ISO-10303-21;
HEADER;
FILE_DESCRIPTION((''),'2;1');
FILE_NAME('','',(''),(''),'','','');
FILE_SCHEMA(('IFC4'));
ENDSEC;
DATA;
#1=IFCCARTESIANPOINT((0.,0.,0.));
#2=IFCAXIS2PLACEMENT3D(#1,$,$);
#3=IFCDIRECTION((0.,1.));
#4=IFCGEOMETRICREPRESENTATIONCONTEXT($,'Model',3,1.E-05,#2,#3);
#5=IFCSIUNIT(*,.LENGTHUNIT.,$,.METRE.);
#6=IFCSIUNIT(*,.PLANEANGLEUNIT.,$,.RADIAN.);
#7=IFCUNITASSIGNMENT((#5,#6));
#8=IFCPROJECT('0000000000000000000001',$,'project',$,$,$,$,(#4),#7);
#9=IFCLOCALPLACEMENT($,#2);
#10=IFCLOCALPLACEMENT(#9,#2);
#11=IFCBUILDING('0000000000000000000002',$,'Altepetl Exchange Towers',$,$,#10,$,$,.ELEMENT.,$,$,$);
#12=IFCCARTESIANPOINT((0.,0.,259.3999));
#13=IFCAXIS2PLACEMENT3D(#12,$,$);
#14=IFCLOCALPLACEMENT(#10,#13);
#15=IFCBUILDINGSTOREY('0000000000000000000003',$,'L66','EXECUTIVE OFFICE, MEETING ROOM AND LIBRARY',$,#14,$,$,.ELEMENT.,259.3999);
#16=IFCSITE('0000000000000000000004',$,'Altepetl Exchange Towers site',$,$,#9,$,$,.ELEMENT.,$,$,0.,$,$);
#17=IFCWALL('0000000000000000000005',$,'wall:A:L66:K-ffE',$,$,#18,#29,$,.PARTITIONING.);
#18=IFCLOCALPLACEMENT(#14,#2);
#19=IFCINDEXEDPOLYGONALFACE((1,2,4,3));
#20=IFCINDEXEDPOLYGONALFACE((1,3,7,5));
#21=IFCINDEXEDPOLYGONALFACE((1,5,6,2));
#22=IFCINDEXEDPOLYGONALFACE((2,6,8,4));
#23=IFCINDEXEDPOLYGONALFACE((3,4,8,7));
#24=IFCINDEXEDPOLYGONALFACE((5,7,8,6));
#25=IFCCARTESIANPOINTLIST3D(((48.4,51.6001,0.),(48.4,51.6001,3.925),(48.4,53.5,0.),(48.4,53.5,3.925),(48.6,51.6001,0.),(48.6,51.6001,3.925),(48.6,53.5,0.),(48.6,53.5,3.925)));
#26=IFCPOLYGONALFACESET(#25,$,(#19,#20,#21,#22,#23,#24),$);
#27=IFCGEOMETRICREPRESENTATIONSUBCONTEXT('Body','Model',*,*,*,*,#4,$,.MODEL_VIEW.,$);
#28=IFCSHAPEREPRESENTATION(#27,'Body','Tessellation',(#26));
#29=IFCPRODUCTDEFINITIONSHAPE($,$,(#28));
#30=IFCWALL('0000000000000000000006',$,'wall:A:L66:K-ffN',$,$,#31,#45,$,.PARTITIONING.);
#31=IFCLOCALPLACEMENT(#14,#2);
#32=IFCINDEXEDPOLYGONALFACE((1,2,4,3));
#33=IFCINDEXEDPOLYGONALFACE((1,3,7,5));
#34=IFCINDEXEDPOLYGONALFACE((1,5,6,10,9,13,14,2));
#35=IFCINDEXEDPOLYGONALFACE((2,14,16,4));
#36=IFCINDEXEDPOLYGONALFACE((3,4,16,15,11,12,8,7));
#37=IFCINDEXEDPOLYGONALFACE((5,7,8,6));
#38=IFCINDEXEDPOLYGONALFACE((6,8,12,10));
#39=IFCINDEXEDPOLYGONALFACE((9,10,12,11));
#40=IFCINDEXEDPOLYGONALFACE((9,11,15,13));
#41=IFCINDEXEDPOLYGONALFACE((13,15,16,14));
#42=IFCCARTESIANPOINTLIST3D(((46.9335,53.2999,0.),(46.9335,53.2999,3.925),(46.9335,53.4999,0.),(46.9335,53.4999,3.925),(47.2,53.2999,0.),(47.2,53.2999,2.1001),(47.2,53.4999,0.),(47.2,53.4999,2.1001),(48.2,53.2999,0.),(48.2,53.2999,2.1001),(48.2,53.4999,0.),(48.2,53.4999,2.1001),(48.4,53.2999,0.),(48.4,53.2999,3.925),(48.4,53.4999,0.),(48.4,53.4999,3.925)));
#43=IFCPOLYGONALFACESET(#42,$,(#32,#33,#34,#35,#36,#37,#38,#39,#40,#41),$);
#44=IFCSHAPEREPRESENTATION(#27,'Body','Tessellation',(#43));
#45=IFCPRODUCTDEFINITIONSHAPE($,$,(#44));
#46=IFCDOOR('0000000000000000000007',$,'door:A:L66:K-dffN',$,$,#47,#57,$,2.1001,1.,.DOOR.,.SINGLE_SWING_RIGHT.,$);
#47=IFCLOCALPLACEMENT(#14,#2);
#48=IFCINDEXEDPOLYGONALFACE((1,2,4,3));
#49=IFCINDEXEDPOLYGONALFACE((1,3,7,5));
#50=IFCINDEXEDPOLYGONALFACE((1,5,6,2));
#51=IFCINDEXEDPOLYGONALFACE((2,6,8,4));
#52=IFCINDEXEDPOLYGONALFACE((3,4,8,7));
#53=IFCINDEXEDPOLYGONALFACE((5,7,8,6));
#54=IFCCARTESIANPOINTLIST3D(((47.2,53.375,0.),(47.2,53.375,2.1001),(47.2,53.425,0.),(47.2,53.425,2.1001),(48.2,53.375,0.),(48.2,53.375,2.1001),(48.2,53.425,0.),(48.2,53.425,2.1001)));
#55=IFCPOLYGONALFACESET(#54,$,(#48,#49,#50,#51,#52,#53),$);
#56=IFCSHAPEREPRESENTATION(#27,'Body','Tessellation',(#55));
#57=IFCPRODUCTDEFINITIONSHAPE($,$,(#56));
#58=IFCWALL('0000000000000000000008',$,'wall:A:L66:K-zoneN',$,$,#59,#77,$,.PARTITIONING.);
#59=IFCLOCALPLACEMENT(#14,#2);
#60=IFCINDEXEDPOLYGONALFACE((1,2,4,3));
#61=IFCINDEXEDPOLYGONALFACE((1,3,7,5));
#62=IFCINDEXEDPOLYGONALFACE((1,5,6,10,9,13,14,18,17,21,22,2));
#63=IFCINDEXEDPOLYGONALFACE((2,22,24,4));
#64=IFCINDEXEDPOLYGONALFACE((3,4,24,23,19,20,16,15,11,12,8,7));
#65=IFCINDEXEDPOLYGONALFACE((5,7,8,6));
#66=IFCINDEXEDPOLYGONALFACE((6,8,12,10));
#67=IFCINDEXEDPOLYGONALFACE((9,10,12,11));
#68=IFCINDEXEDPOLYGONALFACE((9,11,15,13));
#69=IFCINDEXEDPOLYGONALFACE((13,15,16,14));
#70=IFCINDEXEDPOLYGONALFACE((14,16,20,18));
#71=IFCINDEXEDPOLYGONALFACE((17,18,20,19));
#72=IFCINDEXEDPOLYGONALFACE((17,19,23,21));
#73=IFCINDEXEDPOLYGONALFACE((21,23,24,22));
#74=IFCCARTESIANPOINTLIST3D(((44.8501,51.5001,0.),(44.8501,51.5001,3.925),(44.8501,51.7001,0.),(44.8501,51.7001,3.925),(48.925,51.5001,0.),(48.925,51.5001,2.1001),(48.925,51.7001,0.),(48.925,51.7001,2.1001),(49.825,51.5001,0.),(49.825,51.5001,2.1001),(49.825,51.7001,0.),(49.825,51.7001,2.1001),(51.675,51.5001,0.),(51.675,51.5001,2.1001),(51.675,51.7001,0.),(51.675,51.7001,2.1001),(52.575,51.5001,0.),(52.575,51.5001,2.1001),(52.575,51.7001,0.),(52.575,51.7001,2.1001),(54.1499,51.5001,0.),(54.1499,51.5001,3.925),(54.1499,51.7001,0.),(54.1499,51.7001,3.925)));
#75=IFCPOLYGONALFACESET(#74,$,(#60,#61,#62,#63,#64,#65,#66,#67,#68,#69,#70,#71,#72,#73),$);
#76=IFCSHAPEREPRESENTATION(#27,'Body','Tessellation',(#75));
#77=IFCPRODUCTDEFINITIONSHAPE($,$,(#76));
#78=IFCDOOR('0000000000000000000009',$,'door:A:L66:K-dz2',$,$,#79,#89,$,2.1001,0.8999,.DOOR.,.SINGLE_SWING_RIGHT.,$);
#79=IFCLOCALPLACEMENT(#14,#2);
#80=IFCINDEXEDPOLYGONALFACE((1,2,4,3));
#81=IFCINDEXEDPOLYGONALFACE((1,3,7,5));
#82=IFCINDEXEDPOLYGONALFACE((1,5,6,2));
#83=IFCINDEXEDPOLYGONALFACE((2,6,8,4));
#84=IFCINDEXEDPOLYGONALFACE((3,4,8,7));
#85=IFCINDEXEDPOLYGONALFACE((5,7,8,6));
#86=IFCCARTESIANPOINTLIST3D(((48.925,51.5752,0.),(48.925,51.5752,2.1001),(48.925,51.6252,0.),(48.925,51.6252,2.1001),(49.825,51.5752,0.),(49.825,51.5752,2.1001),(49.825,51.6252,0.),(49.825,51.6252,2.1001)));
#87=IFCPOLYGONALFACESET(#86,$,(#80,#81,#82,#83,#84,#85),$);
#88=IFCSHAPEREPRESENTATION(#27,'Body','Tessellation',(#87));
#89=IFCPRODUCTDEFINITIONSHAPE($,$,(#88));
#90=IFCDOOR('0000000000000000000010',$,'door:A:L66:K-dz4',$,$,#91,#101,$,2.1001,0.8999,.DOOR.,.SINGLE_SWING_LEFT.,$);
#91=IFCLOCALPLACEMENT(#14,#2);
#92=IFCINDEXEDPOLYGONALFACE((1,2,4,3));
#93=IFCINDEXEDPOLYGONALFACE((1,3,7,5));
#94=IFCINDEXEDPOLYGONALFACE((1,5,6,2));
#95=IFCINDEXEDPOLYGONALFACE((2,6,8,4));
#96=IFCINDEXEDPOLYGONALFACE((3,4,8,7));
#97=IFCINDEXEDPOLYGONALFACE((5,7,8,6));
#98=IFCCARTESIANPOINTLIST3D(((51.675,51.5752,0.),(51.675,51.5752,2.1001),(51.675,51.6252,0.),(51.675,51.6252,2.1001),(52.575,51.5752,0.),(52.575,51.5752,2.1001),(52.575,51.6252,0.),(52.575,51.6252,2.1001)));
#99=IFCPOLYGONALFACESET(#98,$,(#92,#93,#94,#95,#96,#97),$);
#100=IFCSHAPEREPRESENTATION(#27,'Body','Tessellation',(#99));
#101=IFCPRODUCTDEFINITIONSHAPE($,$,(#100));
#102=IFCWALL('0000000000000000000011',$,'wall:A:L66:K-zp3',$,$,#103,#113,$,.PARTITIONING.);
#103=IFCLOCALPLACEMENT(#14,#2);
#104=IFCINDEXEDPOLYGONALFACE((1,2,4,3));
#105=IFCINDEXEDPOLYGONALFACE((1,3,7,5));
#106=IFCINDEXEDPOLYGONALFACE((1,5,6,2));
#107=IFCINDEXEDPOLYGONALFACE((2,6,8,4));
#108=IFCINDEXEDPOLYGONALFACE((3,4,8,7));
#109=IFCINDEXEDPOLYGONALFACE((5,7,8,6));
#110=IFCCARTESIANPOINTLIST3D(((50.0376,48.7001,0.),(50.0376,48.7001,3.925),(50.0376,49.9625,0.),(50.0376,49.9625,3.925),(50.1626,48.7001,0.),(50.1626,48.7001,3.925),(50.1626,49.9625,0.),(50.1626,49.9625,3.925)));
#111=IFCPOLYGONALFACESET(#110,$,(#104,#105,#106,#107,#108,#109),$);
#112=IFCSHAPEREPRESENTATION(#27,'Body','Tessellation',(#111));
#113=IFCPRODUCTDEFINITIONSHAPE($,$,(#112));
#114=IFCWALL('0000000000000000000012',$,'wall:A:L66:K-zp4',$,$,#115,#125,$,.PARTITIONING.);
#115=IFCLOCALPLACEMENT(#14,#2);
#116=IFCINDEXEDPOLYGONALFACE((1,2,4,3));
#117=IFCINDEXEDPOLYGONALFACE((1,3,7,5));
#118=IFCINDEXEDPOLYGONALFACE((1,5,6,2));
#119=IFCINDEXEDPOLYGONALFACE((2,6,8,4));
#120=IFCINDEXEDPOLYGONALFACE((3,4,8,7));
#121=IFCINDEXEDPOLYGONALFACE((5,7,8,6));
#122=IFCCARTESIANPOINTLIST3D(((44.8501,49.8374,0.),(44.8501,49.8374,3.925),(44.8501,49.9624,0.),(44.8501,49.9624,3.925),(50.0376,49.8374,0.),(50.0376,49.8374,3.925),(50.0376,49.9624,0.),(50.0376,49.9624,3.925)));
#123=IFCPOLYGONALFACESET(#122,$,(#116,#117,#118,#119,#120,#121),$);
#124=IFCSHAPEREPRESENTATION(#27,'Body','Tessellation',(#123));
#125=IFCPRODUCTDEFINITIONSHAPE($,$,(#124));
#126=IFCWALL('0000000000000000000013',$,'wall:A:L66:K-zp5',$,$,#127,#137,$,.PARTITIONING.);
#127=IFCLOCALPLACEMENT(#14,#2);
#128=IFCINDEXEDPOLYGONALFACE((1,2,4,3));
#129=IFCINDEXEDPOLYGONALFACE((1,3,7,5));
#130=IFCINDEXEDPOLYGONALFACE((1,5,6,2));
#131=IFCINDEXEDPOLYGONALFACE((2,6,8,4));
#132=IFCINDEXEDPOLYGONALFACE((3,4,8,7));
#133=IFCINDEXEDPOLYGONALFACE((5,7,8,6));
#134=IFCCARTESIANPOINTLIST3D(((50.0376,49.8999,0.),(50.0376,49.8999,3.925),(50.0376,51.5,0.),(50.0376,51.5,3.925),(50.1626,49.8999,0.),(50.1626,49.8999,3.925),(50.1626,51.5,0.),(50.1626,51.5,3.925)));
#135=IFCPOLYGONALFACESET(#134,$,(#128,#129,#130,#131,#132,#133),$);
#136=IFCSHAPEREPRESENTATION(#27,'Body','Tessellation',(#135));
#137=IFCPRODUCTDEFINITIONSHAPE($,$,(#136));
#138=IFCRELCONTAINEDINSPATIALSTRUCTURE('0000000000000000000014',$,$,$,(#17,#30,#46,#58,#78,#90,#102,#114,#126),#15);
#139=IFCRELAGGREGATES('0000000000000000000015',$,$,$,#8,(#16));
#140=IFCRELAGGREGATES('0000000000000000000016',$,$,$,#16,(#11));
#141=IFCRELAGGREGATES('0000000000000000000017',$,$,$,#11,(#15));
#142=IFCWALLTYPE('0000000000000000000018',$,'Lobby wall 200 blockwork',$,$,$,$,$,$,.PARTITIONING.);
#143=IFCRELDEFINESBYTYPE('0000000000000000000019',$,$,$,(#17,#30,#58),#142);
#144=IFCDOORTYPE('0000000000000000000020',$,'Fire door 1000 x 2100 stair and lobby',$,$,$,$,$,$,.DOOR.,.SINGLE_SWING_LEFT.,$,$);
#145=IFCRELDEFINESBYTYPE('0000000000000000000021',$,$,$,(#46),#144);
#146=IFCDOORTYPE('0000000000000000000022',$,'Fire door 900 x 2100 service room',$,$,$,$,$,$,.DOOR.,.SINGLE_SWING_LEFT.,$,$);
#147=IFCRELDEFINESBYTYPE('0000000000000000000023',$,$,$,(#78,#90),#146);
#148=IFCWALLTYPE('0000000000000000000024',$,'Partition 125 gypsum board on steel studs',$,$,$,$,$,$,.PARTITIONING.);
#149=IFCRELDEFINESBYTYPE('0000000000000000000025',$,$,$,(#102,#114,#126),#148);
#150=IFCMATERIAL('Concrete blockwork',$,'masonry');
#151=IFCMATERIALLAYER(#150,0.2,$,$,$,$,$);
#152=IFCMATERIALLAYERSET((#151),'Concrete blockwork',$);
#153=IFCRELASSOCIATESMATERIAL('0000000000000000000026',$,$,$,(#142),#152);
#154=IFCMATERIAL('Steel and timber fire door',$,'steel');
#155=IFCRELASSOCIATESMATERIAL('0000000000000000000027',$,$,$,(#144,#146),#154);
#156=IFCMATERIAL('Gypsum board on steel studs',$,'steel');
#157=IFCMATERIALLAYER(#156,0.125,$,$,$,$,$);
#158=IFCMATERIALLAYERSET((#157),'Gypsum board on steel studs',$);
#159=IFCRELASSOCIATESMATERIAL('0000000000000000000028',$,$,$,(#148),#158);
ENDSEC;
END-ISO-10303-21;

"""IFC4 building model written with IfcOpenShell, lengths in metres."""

from ifc_helpers import new_model, si_unit, direction, frame, frame_2d, origin, place, context, subcontext, project, spatial, rectangle, extrude, material, layer, layer_set, type_object, element, fill, save


model = new_model("IFC4")

# Units and contexts
model_context = context("Model", 3, precision=1e-05, world=origin(), true_north=direction((0.0, 1.0)))
body_context = subcontext(model_context, "Body", "Model", "MODEL_VIEW")
ifc_project = project(units=[si_unit("LENGTHUNIT", "METRE"), si_unit("PLANEANGLEUNIT", "RADIAN")], contexts=[model_context])

# Site, building, storey
site_placement = place(None, origin())
site = spatial("IfcSite", under=ifc_project, at=site_placement, Name="Altepetl Exchange Towers site", CompositionType="ELEMENT", RefElevation=0.0)
building_placement = place(site_placement, origin())
building = spatial("IfcBuilding", under=site, at=building_placement, Name="Altepetl Exchange Towers", CompositionType="ELEMENT")
storey_placement = place(building_placement, frame((0.0, 0.0, 259.3999)))
storey = spatial("IfcBuildingStorey", under=building, at=storey_placement, Name="L66", Description="EXECUTIVE OFFICE, MEETING ROOM AND LIBRARY", CompositionType="ELEMENT", Elevation=259.3999)

# Wall
ifc_material_1 = material(Name="Concrete blockwork", Category="masonry")
ifc_layer_1 = layer(ifc_material_1, 0.2)
ifc_layer_set_1 = layer_set([ifc_layer_1], Name="Concrete blockwork")
wall_type_1 = type_object("IfcWallType", Name="Lobby wall 200 blockwork", PredefinedType="PARTITIONING", material=ifc_layer_set_1)
wall_1_placement = place(storey_placement, frame((48.5, 51.6001, 0.0), z_axis=(0.0, 0.0, 1.0), x_axis=(0.0, 1.0, 0.0)))
element("IfcWall", 1, at=wall_1_placement, inside=storey, type_object=wall_type_1, Name="wall:A:L66:K-ffE", PredefinedType="PARTITIONING", context=body_context, shape_type="SweptSolid", body=[
    extrude(rectangle(XDim=1.8999, YDim=0.2, at=frame_2d((0.95, 0.0))), origin(), (0.0, 0.0, 1.0), 3.925),
])

# Wall, opening, door
wall_2_placement = place(storey_placement, frame((46.9333, 53.3999, 0.0)))
wall_2 = element("IfcWall", 2, at=wall_2_placement, inside=storey, type_object=wall_type_1, Name="wall:A:L66:K-ffN", PredefinedType="PARTITIONING", context=body_context, shape_type="SweptSolid", body=[
    extrude(rectangle(XDim=1.4666, YDim=0.2, at=frame_2d((0.7334, 0.0))), origin(), (0.0, 0.0, 1.0), 3.925),
])
opening_1_placement = place(wall_2_placement, frame((0.2666, 0.0, 0.0)))
opening_1 = element("IfcOpeningElement", 3, at=opening_1_placement, cuts=wall_2, PredefinedType="OPENING", context=body_context, shape_type="SweptSolid", body=[
    extrude(rectangle(XDim=1.0, YDim=2.1001, at=frame_2d((0.5, 1.05))), frame((0.0, 0.1099, 0.0), z_axis=(0.0, -1.0, 0.0), x_axis=(1.0, 0.0, 0.0)), (0.0, 0.0, 1.0), 0.22),
])
ifc_material_2 = material(Name="Steel and timber fire door", Category="steel")
door_type_1 = type_object("IfcDoorType", Name="Fire door 1000 x 2100 stair and lobby", OperationType="SINGLE_SWING_LEFT", PredefinedType="DOOR", material=ifc_material_2)
door_1_placement = place(opening_1_placement, frame((1.0, 0.0, 0.0), x_axis=(-1.0, 0.0, 0.0)))
door_1 = element("IfcDoor", 4, at=door_1_placement, inside=storey, type_object=door_type_1, Name="door:A:L66:K-dffN", OperationType="SINGLE_SWING_RIGHT", OverallHeight=2.1001, OverallWidth=1.0, PredefinedType="DOOR", context=body_context, shape_type="SweptSolid", body=[
    extrude(rectangle(XDim=1.0, YDim=2.1001, at=frame_2d((0.5, 1.05))), frame((0.0, 0.0249, 0.0), z_axis=(0.0, -1.0, 0.0), x_axis=(1.0, 0.0, 0.0)), (0.0, 0.0, 1.0), 0.05),
])
fill(opening_1, door_1)

# Wall, openings, doors
wall_3_placement = place(storey_placement, frame((44.8501, 51.6001, 0.0)))
wall_3 = element("IfcWall", 5, at=wall_3_placement, inside=storey, type_object=wall_type_1, Name="wall:A:L66:K-zoneN", PredefinedType="PARTITIONING", context=body_context, shape_type="SweptSolid", body=[
    extrude(rectangle(XDim=9.2998, YDim=0.2, at=frame_2d((4.6499, 0.0))), origin(), (0.0, 0.0, 1.0), 3.925),
])
opening_2_placement = place(wall_3_placement, frame((4.075, 0.0, 0.0)))
opening_2 = element("IfcOpeningElement", 6, at=opening_2_placement, cuts=wall_3, PredefinedType="OPENING", context=body_context, shape_type="SweptSolid", body=[
    extrude(rectangle(XDim=0.8999, YDim=2.1001, at=frame_2d((0.45, 1.05))), frame((0.0, 0.1099, 0.0), z_axis=(0.0, -1.0, 0.0), x_axis=(1.0, 0.0, 0.0)), (0.0, 0.0, 1.0), 0.22),
])
opening_3_placement = place(wall_3_placement, frame((6.825, 0.0, 0.0)))
opening_3 = element("IfcOpeningElement", 7, at=opening_3_placement, cuts=wall_3, PredefinedType="OPENING", context=body_context, shape_type="SweptSolid", body=[
    extrude(rectangle(XDim=0.8999, YDim=2.1001, at=frame_2d((0.45, 1.05))), frame((0.0, 0.1099, 0.0), z_axis=(0.0, -1.0, 0.0), x_axis=(1.0, 0.0, 0.0)), (0.0, 0.0, 1.0), 0.22),
])
door_type_2 = type_object("IfcDoorType", Name="Fire door 900 x 2100 service room", OperationType="SINGLE_SWING_LEFT", PredefinedType="DOOR", material=ifc_material_2)
door_2_placement = place(opening_2_placement, frame((0.8999, 0.0, 0.0), x_axis=(-1.0, 0.0, 0.0)))
door_2 = element("IfcDoor", 8, at=door_2_placement, inside=storey, type_object=door_type_2, Name="door:A:L66:K-dz2", OperationType="SINGLE_SWING_RIGHT", OverallHeight=2.1001, OverallWidth=0.8999, PredefinedType="DOOR", context=body_context, shape_type="SweptSolid", body=[
    extrude(rectangle(XDim=0.8999, YDim=2.1001, at=frame_2d((0.45, 1.05))), frame((0.0, 0.0249, 0.0), z_axis=(0.0, -1.0, 0.0), x_axis=(1.0, 0.0, 0.0)), (0.0, 0.0, 1.0), 0.05),
])
fill(opening_2, door_2)
door_3_placement = place(opening_3_placement, frame((0.8999, 0.0, 0.0), x_axis=(-1.0, 0.0, 0.0)))
door_3 = element("IfcDoor", 9, at=door_3_placement, inside=storey, type_object=door_type_2, Name="door:A:L66:K-dz4", OperationType="SINGLE_SWING_LEFT", OverallHeight=2.1001, OverallWidth=0.8999, PredefinedType="DOOR", context=body_context, shape_type="SweptSolid", body=[
    extrude(rectangle(XDim=0.8999, YDim=2.1001, at=frame_2d((0.45, 1.05))), frame((0.0, 0.0249, 0.0), z_axis=(0.0, -1.0, 0.0), x_axis=(1.0, 0.0, 0.0)), (0.0, 0.0, 1.0), 0.05),
])
fill(opening_3, door_3)

# Walls
ifc_material_3 = material(Name="Gypsum board on steel studs", Category="steel")
ifc_layer_2 = layer(ifc_material_3, 0.125)
ifc_layer_set_2 = layer_set([ifc_layer_2], Name="Gypsum board on steel studs")
wall_type_2 = type_object("IfcWallType", Name="Partition 125 gypsum board on steel studs", PredefinedType="PARTITIONING", material=ifc_layer_set_2)
wall_4_placement = place(storey_placement, frame((50.1001, 48.7, 0.0), z_axis=(0.0, 0.0, 1.0), x_axis=(0.0, 1.0, 0.0)))
element("IfcWall", 10, at=wall_4_placement, inside=storey, type_object=wall_type_2, Name="wall:A:L66:K-zp3", PredefinedType="PARTITIONING", context=body_context, shape_type="SweptSolid", body=[
    extrude(rectangle(XDim=1.2625, YDim=0.125, at=frame_2d((0.6313, 0.0))), origin(), (0.0, 0.0, 1.0), 3.925),
])
wall_5_placement = place(storey_placement, frame((50.0376, 49.8999, 0.0), z_axis=(0.0, 0.0, 1.0), x_axis=(-1.0, 0.0, 0.0)))
element("IfcWall", 11, at=wall_5_placement, inside=storey, type_object=wall_type_2, Name="wall:A:L66:K-zp4", PredefinedType="PARTITIONING", context=body_context, shape_type="SweptSolid", body=[
    extrude(rectangle(XDim=5.1875, YDim=0.125, at=frame_2d((2.5938, 0.0))), origin(), (0.0, 0.0, 1.0), 3.925),
])
wall_6_placement = place(storey_placement, frame((50.1001, 49.8999, 0.0), z_axis=(0.0, 0.0, 1.0), x_axis=(0.0, 1.0, 0.0)))
element("IfcWall", 12, at=wall_6_placement, inside=storey, type_object=wall_type_2, Name="wall:A:L66:K-zp5", PredefinedType="PARTITIONING", context=body_context, shape_type="SweptSolid", body=[
    extrude(rectangle(XDim=1.6001, YDim=0.125, at=frame_2d((0.8, 0.0))), origin(), (0.0, 0.0, 1.0), 3.925),
])

save(model, "model.ifc")
